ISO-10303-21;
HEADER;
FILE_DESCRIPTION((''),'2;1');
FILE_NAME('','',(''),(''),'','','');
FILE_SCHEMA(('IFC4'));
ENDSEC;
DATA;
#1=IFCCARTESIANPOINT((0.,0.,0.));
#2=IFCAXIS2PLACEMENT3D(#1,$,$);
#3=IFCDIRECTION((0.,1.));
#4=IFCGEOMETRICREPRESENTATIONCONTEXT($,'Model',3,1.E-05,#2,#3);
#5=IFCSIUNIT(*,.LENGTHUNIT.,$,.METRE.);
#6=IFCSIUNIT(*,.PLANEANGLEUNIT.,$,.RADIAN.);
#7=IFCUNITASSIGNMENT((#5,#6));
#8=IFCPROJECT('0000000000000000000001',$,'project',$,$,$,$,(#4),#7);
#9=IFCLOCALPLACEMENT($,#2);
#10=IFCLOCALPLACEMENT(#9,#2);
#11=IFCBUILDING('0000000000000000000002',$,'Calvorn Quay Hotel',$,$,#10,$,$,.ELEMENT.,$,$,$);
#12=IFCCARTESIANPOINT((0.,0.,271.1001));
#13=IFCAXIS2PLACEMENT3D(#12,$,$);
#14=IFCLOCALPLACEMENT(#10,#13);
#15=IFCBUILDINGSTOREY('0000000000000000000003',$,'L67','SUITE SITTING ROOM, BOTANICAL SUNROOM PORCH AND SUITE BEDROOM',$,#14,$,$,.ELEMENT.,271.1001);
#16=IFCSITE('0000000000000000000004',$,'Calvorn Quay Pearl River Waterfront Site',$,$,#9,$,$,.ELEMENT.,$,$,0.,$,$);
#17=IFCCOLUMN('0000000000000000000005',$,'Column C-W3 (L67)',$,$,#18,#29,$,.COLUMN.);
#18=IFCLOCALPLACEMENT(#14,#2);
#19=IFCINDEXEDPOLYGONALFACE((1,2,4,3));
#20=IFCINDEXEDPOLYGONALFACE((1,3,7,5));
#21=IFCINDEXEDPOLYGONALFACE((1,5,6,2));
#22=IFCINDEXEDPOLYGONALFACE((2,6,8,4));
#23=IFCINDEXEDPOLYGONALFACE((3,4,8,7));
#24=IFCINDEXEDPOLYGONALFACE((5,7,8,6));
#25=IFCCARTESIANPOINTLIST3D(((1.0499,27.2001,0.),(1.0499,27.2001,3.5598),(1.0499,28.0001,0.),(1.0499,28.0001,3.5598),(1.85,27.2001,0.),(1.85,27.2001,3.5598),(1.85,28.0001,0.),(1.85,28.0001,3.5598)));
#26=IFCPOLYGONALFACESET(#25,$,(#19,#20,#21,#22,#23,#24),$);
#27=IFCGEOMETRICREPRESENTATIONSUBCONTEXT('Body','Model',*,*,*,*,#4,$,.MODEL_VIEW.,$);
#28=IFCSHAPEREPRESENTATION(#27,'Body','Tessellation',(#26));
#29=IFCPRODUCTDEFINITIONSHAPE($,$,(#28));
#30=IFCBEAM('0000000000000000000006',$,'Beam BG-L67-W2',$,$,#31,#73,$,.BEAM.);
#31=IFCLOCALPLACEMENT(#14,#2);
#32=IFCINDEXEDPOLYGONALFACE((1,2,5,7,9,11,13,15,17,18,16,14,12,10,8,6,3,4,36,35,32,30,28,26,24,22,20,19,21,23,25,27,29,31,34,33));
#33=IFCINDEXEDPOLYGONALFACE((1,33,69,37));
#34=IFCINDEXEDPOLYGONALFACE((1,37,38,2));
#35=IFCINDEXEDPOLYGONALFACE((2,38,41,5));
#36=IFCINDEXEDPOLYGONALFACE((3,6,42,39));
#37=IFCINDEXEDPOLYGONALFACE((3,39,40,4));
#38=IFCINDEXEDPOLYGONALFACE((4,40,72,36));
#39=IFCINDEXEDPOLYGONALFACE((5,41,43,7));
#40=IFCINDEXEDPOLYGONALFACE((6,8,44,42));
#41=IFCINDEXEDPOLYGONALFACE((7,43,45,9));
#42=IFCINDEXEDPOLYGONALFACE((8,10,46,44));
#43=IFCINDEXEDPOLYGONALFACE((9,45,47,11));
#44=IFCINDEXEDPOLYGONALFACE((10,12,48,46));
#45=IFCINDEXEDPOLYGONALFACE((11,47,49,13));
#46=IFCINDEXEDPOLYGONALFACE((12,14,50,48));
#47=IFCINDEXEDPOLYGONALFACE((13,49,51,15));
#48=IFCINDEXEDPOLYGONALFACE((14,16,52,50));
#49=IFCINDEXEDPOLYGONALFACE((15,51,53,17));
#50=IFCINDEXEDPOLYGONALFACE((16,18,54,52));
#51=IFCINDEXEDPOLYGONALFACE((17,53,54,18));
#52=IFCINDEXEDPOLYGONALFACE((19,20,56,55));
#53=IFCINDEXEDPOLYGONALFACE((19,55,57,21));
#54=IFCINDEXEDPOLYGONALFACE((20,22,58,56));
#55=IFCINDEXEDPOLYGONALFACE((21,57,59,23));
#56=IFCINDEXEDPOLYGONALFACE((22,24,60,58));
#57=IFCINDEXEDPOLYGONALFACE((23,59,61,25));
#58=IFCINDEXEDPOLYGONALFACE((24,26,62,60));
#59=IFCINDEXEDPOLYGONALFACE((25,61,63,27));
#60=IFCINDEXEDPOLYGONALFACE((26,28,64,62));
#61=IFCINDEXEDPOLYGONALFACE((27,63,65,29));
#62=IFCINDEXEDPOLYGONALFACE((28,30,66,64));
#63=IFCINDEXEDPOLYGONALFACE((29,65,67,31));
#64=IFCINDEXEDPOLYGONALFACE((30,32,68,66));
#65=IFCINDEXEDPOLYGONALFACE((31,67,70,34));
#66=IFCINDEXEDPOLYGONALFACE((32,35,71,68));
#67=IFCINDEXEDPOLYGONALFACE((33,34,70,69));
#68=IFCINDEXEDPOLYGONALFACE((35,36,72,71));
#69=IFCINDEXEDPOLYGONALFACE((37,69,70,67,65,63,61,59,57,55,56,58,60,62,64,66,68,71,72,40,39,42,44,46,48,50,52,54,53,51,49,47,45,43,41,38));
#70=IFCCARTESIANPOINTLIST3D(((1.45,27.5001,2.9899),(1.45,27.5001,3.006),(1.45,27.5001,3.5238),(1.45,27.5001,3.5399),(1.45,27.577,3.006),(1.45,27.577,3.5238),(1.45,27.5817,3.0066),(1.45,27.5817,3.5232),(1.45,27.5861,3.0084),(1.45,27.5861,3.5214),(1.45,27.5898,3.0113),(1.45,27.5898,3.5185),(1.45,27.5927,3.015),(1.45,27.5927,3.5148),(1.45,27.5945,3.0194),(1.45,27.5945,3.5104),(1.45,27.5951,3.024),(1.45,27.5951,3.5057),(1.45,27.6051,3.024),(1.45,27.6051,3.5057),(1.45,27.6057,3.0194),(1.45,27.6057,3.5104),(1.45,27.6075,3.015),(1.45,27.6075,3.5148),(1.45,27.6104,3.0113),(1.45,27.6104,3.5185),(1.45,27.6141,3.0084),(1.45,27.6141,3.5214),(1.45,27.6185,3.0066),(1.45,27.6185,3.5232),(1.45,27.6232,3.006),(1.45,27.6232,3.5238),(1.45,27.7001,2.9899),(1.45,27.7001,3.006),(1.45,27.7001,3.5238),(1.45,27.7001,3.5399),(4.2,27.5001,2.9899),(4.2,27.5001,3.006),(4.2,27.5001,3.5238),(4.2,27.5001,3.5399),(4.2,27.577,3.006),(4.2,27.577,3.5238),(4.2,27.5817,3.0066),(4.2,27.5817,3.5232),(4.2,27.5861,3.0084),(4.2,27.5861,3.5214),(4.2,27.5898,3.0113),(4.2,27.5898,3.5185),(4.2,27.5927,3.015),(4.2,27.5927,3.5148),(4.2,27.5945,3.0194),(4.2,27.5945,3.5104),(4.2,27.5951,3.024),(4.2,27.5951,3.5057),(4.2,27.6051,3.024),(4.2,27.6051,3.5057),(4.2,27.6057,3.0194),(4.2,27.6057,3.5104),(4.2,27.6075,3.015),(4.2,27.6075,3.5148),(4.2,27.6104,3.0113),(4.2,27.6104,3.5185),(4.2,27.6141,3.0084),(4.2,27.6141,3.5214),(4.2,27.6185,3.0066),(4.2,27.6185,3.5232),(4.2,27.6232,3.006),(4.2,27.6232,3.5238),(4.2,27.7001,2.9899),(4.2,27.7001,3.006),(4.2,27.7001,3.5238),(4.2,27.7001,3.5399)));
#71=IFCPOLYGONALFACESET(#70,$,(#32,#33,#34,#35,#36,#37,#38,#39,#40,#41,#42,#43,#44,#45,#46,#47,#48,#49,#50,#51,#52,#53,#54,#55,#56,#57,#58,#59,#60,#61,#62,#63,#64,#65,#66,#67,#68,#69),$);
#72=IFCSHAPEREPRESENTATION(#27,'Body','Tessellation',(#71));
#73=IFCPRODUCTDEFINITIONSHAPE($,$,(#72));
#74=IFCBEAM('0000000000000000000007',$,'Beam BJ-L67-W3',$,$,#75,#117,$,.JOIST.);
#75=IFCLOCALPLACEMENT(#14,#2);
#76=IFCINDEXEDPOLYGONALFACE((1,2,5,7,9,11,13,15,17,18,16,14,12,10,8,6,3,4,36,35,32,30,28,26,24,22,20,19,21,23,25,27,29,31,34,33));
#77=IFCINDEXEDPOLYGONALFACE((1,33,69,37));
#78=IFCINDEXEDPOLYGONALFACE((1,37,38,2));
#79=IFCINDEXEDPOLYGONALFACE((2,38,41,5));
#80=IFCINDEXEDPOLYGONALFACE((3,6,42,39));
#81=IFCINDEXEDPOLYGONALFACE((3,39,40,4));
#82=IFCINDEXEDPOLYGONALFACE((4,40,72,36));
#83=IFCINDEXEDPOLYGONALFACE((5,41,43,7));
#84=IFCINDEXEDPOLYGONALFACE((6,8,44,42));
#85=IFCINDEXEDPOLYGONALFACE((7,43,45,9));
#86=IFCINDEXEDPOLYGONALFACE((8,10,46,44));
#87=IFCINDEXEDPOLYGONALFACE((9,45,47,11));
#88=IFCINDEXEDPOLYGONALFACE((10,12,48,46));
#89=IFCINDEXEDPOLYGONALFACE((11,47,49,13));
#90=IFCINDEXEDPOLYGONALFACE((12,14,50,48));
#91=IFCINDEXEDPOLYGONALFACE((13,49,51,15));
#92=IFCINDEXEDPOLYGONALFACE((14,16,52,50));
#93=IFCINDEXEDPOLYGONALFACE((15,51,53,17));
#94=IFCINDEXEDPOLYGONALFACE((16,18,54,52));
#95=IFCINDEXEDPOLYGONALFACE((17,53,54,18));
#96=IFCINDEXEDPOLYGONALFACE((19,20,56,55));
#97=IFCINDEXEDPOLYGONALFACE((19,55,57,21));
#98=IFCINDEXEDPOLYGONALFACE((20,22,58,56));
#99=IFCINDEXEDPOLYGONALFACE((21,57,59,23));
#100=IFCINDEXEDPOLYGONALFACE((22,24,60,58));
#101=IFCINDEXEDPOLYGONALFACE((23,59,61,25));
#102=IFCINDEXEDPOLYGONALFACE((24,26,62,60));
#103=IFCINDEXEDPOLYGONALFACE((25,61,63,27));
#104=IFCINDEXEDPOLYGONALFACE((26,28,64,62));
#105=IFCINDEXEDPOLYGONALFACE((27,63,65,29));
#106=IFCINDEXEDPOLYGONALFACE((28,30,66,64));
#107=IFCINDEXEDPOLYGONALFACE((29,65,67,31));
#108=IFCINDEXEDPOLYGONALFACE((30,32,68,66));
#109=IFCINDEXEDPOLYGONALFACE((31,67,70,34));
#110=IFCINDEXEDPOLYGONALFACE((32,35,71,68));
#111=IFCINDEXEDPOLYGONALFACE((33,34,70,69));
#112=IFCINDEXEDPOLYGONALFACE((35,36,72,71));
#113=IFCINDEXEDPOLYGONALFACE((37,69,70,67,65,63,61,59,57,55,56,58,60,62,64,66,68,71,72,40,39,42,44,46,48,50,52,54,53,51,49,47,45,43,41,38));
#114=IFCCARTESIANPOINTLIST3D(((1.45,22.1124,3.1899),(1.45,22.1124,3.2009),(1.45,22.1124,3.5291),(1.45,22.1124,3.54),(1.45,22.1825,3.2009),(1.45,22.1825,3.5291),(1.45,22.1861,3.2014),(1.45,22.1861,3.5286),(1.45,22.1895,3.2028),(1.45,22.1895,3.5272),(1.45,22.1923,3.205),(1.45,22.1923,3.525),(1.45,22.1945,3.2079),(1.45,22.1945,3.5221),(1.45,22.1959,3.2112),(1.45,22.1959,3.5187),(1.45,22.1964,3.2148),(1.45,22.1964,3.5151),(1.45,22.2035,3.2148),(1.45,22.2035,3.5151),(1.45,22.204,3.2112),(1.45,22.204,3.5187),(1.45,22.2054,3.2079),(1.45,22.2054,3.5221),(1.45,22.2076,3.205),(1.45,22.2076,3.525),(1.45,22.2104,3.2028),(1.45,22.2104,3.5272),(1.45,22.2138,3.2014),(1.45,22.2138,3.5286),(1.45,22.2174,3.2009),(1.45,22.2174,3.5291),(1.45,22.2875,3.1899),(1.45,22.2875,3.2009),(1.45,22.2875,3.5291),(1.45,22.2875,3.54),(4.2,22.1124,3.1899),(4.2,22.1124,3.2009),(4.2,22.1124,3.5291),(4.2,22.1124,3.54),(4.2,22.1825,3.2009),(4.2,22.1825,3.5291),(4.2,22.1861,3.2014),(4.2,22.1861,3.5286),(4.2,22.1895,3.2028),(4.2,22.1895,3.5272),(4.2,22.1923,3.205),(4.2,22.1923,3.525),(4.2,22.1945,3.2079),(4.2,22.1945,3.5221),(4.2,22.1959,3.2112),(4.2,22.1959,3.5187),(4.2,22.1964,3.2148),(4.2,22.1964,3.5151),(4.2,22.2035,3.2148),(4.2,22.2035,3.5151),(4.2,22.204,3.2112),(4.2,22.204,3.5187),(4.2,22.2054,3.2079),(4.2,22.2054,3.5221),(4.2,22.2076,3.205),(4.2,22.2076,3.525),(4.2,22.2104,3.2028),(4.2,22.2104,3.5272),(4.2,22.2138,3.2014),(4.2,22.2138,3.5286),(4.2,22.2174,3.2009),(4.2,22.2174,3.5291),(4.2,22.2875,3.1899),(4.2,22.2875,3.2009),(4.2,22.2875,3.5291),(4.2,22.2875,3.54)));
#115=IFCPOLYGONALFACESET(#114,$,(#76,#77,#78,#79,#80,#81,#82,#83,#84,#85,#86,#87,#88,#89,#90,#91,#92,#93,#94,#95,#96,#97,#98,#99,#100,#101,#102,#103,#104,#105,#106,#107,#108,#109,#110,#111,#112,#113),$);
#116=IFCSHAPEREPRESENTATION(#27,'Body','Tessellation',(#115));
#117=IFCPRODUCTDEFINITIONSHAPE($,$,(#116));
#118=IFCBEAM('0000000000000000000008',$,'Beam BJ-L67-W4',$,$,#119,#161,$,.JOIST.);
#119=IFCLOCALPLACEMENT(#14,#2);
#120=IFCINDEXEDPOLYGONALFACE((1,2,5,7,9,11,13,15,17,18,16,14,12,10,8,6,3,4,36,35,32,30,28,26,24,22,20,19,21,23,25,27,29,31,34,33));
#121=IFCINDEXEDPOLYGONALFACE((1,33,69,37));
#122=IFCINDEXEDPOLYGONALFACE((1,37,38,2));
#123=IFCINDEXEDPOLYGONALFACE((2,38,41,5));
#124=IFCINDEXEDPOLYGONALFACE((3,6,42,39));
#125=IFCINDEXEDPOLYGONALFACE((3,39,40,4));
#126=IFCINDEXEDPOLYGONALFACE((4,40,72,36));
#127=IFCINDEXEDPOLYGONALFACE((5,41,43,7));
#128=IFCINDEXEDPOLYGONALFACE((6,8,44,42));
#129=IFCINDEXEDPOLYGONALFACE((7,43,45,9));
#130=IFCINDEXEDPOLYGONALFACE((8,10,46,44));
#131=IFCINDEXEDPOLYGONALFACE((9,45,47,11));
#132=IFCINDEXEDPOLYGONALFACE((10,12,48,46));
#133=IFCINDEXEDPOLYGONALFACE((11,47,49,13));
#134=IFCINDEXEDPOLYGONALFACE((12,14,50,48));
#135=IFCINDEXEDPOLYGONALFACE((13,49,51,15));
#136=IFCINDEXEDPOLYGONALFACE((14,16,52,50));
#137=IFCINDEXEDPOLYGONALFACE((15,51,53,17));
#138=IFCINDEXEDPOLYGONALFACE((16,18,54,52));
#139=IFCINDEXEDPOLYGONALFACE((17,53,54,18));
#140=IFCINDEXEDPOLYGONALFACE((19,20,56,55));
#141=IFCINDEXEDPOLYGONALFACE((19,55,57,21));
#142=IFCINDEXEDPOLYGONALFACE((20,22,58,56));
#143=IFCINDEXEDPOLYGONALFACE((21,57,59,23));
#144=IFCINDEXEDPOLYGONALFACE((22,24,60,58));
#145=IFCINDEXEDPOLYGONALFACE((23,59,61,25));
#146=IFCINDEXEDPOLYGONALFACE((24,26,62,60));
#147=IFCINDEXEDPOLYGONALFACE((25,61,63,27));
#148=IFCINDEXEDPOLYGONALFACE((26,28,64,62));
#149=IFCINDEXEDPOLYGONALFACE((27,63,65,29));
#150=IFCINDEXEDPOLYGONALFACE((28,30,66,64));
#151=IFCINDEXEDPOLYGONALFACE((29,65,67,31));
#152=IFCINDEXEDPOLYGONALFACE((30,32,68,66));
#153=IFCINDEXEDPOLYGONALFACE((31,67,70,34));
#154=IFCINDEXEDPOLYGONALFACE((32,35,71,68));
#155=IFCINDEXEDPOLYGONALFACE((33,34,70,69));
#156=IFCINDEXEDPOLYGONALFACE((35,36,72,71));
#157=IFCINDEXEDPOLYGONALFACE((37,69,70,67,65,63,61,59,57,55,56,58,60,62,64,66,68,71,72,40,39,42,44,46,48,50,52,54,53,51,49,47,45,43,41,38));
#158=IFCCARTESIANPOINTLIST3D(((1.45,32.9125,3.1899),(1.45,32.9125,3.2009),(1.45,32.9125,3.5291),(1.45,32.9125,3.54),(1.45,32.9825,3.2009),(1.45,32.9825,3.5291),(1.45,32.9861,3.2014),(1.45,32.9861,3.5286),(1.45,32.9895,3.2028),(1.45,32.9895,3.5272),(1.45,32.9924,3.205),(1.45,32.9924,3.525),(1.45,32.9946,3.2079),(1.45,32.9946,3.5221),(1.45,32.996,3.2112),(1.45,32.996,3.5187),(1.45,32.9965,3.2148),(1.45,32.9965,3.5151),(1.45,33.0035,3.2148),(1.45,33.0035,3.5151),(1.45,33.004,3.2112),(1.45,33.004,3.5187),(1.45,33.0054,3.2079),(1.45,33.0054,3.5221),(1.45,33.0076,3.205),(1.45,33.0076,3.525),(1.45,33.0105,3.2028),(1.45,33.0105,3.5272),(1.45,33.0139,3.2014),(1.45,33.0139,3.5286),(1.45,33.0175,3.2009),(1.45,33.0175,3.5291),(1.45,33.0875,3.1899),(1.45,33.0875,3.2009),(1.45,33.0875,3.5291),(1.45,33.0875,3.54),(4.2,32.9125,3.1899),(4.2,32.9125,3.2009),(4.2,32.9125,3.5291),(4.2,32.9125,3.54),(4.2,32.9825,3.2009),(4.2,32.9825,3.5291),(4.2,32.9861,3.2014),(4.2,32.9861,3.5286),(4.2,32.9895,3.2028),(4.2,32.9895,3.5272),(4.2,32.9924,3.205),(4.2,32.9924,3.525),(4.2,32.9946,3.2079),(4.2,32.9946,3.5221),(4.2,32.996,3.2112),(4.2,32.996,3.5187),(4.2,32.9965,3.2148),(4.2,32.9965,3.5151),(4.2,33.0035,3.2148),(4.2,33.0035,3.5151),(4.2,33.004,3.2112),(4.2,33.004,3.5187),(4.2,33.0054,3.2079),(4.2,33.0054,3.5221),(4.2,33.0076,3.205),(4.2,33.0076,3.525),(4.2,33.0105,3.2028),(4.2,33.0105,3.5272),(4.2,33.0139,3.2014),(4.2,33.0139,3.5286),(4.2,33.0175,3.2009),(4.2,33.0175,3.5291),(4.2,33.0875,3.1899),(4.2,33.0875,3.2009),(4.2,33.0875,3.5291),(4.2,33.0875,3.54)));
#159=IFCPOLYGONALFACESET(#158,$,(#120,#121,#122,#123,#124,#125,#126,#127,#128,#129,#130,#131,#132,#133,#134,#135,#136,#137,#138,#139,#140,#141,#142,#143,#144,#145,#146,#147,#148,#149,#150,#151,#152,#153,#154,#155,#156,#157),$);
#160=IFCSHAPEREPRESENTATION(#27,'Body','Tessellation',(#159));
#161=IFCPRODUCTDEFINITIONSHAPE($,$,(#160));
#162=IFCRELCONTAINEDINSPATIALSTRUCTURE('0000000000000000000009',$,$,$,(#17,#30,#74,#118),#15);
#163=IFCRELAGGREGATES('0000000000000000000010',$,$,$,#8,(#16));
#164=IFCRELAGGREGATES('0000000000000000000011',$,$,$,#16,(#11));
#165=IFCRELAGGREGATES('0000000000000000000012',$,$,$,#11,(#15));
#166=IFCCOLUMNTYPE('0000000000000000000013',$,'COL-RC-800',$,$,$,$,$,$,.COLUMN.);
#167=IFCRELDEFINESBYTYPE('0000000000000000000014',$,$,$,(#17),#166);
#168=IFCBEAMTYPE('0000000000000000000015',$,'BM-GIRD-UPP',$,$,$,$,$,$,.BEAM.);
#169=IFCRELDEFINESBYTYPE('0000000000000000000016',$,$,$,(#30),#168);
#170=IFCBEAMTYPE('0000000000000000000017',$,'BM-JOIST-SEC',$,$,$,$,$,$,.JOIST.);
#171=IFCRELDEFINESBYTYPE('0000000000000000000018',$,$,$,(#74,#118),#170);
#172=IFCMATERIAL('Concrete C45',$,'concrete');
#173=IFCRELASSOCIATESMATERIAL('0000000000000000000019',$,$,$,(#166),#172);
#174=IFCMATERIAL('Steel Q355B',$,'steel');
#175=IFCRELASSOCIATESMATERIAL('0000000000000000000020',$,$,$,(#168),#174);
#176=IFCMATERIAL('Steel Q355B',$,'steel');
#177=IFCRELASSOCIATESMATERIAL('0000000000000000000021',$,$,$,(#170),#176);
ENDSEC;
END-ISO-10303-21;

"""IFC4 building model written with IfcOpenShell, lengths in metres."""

from ifc_helpers import new_model, si_unit, direction, frame, origin, origin_2d, place, context, subcontext, project, spatial, rectangle, i_section, extrude, material, material_profile, profile_set, type_object, element, save


model = new_model("IFC4")

# Units and contexts
model_context = context("Model", 3, precision=1e-05, world=origin(), true_north=direction((0.0, 1.0)))
body_context = subcontext(model_context, "Body", "Model", "MODEL_VIEW")
ifc_project = project(units=[si_unit("LENGTHUNIT", "METRE"), si_unit("PLANEANGLEUNIT", "RADIAN")], contexts=[model_context])

# Site, building, storey
site_placement = place(None, origin())
site = spatial("IfcSite", under=ifc_project, at=site_placement, Name="Calvorn Quay Pearl River Waterfront Site", CompositionType="ELEMENT", RefElevation=0.0)
building_placement = place(site_placement, origin())
building = spatial("IfcBuilding", under=site, at=building_placement, Name="Calvorn Quay Hotel", CompositionType="ELEMENT")
storey_placement = place(building_placement, frame((0.0, 0.0, 271.1001)))
storey = spatial("IfcBuildingStorey", under=building, at=storey_placement, Name="L67", Description="SUITE SITTING ROOM, BOTANICAL SUNROOM PORCH AND SUITE BEDROOM", CompositionType="ELEMENT", Elevation=271.1001)

# Column
ifc_material_1 = material(Name="Concrete C45", Category="concrete")
ifc_material_profile_1 = material_profile(ifc_material_1, rectangle(XDim=0.8, YDim=0.8, at=origin_2d()), Name="RC800x800")
ifc_profile_set_1 = profile_set([ifc_material_profile_1], Name="Concrete C45")
column_type = type_object("IfcColumnType", Name="COL-RC-800", PredefinedType="COLUMN", material=ifc_profile_set_1)
column_placement = place(storey_placement, frame((1.45, 27.6001, 0.0), z_axis=(0.0, 0.0, 1.0), x_axis=(1.0, 0.0, 0.0)))
element("IfcColumn", 1, at=column_placement, inside=storey, type_object=column_type, Name="Column C-W3 (L67)", PredefinedType="COLUMN", context=body_context, shape_type="SweptSolid", body=[
    extrude(rectangle(XDim=0.8, YDim=0.8, at=origin_2d()), origin(), (0.0, 0.0, 1.0), 3.5598),
])

# Beams
ifc_material_2 = material(Name="Steel Q355B", Category="steel")
ifc_material_profile_2 = material_profile(ifc_material_2, i_section(OverallWidth=0.2, OverallDepth=0.55, WebThickness=0.01, FlangeThickness=0.0161, FilletRadius=0.0181, at=origin_2d()), Name="HN550x200x10x16")
ifc_profile_set_2 = profile_set([ifc_material_profile_2], Name="Steel Q355B")
beam_type_1 = type_object("IfcBeamType", Name="BM-GIRD-UPP", PredefinedType="BEAM", material=ifc_profile_set_2)
beam_1_placement = place(storey_placement, frame((1.45, 27.6001, 3.2649), z_axis=(1.0, 0.0, 0.0), x_axis=(0.0, 1.0, 0.0)))
element("IfcBeam", 2, at=beam_1_placement, inside=storey, type_object=beam_type_1, Name="Beam BG-L67-W2", PredefinedType="BEAM", context=body_context, shape_type="SweptSolid", body=[
    extrude(i_section(OverallWidth=0.2, OverallDepth=0.55, WebThickness=0.01, FlangeThickness=0.0161, FilletRadius=0.0181, at=origin_2d()), origin(), (0.0, 0.0, 1.0), 2.75),
])
ifc_material_3 = material(Name="Steel Q355B", Category="steel")
ifc_material_profile_3 = material_profile(ifc_material_3, i_section(OverallWidth=0.175, OverallDepth=0.3501, WebThickness=0.0071, FlangeThickness=0.011, FilletRadius=0.0139, at=origin_2d()), Name="HN350x175x7x11")
ifc_profile_set_3 = profile_set([ifc_material_profile_3], Name="Steel Q355B")
beam_type_2 = type_object("IfcBeamType", Name="BM-JOIST-SEC", PredefinedType="JOIST", material=ifc_profile_set_3)
for number, where, z_axis, x_axis, name in (
    (3, (1.45, 22.2, 3.365), (1.0, 0.0, 0.0), (0.0, 1.0, 0.0), "Beam BJ-L67-W3"),
    (4, (1.45, 33.0, 3.365), (1.0, 0.0, 0.0), (0.0, 1.0, 0.0), "Beam BJ-L67-W4"),
):
    element("IfcBeam", number, at=place(storey_placement, frame(where, z_axis=z_axis, x_axis=x_axis)), inside=storey, type_object=beam_type_2, Name=name, PredefinedType="JOIST", context=body_context, shape_type="SweptSolid", body=[
        extrude(i_section(OverallWidth=0.175, OverallDepth=0.3501, WebThickness=0.0071, FlangeThickness=0.011, FilletRadius=0.0139, at=origin_2d()), origin(), (0.0, 0.0, 1.0), 2.75),
    ])

save(model, "model.ifc")
